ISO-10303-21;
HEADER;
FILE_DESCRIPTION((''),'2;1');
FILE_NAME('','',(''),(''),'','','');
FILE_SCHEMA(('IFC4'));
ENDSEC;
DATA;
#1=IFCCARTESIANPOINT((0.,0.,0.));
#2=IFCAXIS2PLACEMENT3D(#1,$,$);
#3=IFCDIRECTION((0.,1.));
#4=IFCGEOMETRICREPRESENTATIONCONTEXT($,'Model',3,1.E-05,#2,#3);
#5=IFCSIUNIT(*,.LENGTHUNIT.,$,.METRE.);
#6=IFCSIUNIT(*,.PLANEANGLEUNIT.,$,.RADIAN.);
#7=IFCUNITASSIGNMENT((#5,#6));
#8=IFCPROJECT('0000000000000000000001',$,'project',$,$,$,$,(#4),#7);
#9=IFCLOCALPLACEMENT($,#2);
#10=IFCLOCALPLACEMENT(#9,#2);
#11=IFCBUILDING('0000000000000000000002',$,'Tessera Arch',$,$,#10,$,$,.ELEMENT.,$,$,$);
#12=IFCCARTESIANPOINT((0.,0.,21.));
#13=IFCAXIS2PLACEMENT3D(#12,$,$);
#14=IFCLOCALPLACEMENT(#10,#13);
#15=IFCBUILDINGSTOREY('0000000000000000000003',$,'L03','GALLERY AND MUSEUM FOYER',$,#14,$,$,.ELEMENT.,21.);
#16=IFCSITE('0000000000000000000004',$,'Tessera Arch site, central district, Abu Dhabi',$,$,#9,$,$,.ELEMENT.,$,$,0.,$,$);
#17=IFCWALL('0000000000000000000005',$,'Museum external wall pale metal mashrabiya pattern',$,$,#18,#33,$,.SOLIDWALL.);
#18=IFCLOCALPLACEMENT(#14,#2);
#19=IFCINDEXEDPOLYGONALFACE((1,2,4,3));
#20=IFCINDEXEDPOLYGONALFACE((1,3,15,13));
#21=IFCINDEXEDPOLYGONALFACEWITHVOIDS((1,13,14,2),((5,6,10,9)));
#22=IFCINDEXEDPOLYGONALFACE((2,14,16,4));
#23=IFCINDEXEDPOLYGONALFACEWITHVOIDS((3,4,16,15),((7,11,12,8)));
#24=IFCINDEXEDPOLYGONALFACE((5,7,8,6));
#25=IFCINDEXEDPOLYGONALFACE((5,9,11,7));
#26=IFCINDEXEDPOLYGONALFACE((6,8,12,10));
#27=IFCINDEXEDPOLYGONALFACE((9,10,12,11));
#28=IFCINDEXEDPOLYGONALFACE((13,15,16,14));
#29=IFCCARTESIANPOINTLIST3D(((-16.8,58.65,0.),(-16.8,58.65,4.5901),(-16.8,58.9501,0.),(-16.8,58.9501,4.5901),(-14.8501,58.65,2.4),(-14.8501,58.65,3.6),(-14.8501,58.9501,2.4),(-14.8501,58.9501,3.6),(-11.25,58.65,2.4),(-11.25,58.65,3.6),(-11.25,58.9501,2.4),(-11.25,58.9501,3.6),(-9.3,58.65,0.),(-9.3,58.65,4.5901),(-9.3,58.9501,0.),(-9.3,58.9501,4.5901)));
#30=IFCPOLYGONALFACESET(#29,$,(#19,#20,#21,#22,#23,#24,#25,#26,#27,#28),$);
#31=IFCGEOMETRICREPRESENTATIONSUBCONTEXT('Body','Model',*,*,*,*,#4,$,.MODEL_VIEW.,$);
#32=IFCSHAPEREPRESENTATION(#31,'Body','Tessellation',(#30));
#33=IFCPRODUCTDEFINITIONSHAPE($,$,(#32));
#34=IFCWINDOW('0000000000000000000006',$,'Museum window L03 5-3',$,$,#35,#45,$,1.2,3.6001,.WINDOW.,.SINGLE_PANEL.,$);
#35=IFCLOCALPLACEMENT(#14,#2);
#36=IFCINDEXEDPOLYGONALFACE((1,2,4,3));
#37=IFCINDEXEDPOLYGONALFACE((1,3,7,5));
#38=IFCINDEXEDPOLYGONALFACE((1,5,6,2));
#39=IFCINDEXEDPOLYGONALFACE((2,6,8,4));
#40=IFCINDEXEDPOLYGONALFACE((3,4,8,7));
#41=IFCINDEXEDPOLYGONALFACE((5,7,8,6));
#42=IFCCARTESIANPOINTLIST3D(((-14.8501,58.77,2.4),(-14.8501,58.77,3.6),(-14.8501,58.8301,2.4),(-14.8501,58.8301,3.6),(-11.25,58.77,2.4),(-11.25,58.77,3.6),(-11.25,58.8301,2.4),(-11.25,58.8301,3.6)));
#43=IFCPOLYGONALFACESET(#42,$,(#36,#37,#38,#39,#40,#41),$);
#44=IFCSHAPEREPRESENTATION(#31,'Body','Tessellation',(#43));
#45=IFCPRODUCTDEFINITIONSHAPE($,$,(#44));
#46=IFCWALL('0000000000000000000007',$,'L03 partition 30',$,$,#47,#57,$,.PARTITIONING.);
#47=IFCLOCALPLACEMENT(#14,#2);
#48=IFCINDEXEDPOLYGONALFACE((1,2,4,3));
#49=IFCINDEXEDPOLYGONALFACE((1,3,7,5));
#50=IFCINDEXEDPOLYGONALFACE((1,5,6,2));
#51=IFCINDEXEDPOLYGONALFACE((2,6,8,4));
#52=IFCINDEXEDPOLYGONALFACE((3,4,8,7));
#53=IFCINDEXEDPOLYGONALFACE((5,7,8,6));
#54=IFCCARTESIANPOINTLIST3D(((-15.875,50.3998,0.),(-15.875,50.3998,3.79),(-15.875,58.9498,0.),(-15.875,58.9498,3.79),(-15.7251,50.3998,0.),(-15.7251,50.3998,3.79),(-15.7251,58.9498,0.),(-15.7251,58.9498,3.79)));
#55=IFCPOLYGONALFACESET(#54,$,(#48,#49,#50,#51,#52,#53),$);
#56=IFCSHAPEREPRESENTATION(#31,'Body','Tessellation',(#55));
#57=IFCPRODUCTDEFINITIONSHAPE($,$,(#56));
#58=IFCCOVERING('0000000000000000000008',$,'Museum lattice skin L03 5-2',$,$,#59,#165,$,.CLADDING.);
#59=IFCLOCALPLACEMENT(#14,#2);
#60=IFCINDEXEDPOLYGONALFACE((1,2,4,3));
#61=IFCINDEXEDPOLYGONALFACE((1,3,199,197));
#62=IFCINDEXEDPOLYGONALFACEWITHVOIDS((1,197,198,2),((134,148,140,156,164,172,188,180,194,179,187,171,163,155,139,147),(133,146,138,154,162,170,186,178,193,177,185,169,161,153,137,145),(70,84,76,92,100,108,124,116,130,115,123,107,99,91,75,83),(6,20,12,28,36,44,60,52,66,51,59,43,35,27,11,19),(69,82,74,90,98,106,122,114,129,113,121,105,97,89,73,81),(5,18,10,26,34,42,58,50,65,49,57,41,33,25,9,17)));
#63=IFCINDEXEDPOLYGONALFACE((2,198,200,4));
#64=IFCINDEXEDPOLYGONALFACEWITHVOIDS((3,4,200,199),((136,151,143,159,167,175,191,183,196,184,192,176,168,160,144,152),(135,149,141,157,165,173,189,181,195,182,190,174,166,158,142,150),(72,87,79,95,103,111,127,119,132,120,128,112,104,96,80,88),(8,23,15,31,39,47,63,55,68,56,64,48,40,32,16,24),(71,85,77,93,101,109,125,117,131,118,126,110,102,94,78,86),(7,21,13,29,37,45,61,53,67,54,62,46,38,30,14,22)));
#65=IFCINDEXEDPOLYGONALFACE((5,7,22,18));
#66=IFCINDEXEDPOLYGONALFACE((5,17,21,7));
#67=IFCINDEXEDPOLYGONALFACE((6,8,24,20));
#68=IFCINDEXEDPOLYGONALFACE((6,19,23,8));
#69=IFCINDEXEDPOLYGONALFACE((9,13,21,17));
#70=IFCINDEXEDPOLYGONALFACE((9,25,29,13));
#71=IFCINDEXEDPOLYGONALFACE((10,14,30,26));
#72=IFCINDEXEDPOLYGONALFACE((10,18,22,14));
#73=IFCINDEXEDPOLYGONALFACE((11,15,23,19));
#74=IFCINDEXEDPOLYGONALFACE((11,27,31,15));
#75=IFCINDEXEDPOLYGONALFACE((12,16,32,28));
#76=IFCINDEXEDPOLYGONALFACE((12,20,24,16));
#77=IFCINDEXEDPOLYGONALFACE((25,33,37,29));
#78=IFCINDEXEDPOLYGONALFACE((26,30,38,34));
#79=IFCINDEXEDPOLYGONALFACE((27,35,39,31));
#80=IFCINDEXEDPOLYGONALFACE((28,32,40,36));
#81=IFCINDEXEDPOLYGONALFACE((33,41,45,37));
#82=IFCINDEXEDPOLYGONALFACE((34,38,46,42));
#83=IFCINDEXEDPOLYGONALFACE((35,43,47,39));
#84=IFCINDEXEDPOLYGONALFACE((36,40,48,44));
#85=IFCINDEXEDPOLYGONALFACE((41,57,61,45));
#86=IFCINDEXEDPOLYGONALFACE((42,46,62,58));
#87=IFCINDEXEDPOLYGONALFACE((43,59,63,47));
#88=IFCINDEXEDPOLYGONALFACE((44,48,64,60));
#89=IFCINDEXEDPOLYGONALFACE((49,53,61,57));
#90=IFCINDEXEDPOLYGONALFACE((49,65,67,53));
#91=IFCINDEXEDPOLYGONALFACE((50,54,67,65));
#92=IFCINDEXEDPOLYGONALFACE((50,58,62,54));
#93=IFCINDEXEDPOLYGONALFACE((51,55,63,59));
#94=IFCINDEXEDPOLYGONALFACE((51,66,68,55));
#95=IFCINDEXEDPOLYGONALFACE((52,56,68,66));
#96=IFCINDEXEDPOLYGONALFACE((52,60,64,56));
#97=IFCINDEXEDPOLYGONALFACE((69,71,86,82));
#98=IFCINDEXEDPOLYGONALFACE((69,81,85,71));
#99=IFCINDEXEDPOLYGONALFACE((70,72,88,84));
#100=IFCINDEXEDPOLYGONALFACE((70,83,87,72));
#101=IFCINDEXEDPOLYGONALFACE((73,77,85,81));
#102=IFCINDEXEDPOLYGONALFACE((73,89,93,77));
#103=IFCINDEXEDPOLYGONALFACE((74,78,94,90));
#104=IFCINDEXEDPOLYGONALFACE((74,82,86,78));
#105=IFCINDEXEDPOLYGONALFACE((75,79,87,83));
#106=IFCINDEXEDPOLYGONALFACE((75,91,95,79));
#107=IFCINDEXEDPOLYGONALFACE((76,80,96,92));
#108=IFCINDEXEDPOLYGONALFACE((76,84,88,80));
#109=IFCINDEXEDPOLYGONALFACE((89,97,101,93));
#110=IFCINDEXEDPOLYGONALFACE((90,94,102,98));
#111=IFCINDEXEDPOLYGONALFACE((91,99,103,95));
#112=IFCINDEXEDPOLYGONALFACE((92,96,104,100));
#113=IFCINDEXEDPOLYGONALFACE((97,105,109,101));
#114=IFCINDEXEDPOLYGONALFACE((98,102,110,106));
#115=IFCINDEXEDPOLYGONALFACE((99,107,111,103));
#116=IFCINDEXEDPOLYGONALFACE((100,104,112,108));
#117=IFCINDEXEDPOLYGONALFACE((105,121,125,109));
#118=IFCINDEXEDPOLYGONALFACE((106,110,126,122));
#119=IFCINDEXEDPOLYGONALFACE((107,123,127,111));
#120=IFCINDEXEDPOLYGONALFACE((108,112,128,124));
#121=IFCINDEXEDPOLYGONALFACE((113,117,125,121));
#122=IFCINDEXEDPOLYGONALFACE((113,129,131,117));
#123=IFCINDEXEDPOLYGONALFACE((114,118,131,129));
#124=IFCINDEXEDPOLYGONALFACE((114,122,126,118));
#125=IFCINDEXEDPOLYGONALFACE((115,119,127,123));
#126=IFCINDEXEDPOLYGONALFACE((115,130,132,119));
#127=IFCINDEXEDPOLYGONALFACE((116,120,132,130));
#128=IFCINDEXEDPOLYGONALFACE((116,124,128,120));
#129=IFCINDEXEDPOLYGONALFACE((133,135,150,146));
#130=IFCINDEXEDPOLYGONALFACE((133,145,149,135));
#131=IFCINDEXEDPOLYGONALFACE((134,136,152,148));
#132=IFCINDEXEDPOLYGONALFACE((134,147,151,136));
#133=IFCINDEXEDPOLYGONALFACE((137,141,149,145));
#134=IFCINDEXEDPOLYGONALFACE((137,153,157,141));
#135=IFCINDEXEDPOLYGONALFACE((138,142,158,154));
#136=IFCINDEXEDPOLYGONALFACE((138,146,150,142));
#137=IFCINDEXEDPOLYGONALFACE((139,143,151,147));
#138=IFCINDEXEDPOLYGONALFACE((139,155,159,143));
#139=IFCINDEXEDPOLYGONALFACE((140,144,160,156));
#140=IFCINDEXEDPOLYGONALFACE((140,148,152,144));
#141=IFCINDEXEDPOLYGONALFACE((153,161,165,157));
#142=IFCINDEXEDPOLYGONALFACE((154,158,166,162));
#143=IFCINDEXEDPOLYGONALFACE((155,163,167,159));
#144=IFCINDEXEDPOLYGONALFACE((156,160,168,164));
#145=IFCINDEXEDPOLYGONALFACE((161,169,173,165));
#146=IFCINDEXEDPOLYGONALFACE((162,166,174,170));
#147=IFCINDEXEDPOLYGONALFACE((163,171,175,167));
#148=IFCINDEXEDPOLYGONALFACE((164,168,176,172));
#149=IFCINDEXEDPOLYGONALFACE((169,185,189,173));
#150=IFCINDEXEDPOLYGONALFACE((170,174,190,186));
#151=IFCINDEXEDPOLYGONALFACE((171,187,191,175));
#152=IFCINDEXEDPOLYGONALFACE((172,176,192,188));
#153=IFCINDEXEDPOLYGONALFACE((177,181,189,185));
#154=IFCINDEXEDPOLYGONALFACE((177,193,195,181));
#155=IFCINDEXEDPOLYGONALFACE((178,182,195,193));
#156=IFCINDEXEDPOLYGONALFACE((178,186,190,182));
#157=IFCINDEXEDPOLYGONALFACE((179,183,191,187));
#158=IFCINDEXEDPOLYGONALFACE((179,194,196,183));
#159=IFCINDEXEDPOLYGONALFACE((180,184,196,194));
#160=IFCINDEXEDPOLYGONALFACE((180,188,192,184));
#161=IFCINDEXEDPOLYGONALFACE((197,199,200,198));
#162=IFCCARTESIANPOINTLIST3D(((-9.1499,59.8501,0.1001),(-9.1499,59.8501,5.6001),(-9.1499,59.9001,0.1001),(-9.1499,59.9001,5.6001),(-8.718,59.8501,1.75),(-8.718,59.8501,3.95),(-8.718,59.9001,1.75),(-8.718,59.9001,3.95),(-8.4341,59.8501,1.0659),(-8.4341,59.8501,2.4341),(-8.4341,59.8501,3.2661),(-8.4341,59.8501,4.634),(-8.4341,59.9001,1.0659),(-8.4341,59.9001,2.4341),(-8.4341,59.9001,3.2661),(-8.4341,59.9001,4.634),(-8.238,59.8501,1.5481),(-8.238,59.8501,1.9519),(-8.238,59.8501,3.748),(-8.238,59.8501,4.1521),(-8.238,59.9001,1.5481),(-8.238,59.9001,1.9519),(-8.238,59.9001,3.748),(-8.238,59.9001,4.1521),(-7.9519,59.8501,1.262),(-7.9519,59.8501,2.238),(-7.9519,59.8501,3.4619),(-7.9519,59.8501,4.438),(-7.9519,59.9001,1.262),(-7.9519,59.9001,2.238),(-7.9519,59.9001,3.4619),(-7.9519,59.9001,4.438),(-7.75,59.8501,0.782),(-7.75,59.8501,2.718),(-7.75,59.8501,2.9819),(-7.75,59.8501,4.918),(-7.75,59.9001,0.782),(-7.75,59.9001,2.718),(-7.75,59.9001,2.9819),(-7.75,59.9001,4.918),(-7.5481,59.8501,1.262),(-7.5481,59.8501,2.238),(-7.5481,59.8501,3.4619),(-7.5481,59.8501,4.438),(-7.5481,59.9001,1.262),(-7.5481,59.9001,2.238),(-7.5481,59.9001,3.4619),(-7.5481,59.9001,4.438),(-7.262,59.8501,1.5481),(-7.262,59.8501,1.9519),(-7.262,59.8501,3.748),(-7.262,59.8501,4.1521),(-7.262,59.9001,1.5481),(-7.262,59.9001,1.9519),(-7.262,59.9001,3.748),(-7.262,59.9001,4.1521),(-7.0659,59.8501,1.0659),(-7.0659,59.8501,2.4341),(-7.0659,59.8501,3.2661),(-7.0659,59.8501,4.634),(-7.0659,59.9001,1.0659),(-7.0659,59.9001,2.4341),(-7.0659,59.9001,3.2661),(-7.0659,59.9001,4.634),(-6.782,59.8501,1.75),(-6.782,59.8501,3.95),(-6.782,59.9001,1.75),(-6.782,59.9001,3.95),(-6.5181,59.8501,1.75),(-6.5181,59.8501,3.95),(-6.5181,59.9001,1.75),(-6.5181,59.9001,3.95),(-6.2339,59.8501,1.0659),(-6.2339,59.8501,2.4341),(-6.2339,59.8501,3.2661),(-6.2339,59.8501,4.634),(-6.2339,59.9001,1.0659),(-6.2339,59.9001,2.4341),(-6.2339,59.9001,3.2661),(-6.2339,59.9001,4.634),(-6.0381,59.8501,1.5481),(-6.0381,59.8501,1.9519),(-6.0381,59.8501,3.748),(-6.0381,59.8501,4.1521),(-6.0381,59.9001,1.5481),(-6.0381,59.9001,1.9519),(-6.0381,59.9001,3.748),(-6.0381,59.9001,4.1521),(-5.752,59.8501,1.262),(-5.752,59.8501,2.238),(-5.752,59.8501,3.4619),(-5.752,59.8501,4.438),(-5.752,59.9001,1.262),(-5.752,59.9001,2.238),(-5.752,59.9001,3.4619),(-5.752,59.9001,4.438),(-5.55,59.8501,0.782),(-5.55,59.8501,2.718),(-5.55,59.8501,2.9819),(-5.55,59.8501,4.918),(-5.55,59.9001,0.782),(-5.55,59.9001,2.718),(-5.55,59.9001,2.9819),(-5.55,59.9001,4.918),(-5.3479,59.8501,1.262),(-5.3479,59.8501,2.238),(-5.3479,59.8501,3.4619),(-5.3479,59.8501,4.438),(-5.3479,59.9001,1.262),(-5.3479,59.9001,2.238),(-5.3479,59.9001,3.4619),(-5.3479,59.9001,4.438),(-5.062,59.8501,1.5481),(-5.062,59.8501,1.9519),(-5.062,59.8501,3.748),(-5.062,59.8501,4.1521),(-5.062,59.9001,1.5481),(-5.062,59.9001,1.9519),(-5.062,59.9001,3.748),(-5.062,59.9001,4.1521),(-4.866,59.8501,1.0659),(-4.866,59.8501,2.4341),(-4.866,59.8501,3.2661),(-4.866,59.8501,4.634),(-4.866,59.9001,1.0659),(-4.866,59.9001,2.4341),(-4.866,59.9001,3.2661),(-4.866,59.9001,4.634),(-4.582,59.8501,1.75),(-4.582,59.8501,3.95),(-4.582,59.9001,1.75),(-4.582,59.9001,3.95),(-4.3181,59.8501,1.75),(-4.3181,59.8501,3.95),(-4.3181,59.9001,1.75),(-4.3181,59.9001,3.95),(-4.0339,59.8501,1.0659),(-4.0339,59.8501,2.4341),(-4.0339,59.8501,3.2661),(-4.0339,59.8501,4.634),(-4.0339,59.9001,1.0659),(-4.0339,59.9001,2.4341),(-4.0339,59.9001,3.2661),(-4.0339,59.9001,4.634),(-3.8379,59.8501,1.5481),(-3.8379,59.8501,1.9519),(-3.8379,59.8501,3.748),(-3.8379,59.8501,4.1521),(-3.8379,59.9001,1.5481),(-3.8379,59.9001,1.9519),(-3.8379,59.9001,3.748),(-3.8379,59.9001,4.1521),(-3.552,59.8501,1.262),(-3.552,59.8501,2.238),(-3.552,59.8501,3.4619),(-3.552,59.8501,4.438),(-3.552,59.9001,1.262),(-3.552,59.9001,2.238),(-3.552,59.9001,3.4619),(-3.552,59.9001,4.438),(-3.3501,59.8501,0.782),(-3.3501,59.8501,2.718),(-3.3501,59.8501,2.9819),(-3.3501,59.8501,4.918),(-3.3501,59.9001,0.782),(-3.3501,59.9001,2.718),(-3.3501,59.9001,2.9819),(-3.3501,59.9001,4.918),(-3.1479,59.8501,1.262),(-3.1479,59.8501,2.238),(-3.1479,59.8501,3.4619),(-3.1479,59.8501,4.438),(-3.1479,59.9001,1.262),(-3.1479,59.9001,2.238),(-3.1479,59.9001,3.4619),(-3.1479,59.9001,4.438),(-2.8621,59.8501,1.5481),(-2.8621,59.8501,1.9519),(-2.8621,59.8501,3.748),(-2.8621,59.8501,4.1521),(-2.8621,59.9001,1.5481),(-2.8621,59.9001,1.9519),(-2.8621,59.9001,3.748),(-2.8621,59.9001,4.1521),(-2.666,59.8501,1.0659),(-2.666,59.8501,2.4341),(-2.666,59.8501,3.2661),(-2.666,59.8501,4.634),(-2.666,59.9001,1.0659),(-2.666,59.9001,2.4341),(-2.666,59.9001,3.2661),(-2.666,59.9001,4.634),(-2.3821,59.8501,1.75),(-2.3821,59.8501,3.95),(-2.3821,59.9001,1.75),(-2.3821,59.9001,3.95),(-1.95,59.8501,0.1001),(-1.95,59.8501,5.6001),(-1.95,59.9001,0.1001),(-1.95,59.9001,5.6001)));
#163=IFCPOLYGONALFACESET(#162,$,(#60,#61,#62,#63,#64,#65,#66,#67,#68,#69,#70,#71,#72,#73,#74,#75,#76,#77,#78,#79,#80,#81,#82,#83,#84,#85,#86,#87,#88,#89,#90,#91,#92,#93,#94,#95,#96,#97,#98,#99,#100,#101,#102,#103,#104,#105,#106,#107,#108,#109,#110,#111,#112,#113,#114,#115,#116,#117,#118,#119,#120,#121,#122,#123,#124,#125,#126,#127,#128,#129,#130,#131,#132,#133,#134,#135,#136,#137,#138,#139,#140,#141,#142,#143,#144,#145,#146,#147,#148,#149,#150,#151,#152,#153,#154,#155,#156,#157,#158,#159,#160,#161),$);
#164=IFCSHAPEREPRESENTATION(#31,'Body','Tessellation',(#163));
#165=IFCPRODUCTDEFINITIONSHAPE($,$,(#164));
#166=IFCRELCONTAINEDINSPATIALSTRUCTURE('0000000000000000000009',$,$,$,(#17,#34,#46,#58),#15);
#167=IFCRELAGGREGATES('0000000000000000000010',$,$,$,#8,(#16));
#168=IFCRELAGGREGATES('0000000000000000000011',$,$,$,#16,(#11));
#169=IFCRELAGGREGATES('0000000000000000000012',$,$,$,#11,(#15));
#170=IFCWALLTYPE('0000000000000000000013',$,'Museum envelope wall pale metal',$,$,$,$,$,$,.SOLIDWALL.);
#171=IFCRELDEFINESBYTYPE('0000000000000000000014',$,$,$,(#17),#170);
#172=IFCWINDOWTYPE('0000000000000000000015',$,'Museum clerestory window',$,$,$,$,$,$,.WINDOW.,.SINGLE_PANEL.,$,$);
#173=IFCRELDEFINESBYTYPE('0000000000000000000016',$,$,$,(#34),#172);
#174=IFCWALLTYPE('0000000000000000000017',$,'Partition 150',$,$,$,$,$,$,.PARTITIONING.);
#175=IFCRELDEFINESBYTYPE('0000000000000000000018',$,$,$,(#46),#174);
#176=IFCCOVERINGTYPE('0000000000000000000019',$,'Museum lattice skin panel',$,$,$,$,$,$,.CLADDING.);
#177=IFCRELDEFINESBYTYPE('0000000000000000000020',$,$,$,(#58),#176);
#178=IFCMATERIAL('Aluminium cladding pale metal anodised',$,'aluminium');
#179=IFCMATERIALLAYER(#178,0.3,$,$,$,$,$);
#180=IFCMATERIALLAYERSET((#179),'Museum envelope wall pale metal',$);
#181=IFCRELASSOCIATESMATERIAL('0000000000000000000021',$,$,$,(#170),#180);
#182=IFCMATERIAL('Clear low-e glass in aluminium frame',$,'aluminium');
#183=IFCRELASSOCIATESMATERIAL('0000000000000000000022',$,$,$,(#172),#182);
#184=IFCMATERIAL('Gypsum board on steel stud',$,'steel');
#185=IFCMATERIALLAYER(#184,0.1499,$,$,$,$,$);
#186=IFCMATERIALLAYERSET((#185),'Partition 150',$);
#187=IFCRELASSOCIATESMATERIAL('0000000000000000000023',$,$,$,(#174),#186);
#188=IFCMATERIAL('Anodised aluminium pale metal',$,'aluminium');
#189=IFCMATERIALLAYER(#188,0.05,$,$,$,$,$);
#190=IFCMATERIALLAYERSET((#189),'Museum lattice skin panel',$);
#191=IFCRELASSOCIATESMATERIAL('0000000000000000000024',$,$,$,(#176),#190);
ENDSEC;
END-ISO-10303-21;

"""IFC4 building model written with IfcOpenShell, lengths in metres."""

from ifc_helpers import new_model, si_unit, direction, frame, frame_2d, origin, place, context, subcontext, project, spatial, polyline, rectangle, outline, extrude, material, layer, layer_set, type_object, element, fill, save


model = new_model("IFC4")

# Units and contexts
model_context = context("Model", 3, precision=1e-05, world=origin(), true_north=direction((0.0, 1.0)))
body_context = subcontext(model_context, "Body", "Model", "MODEL_VIEW")
ifc_project = project(units=[si_unit("LENGTHUNIT", "METRE"), si_unit("PLANEANGLEUNIT", "RADIAN")], contexts=[model_context])

# Site, building, storey
site_placement = place(None, origin())
site = spatial("IfcSite", under=ifc_project, at=site_placement, Name="Tessera Arch site, central district, Abu Dhabi", CompositionType="ELEMENT", RefElevation=0.0)
building_placement = place(site_placement, origin())
building = spatial("IfcBuilding", under=site, at=building_placement, Name="Tessera Arch", CompositionType="ELEMENT")
storey_placement = place(building_placement, frame((0.0, 0.0, 21.0)))
storey = spatial("IfcBuildingStorey", under=building, at=storey_placement, Name="L03", Description="GALLERY AND MUSEUM FOYER", CompositionType="ELEMENT", Elevation=21.0)

# Wall, opening, window
ifc_material_1 = material(Name="Aluminium cladding pale metal anodised", Category="aluminium")
ifc_layer_1 = layer(ifc_material_1, 0.3)
ifc_layer_set_1 = layer_set([ifc_layer_1], Name="Museum envelope wall pale metal")
wall_type_1 = type_object("IfcWallType", Name="Museum envelope wall pale metal", PredefinedType="SOLIDWALL", material=ifc_layer_set_1)
wall_1_placement = place(storey_placement, frame((-9.3, 58.8, 0.0), z_axis=(0.0, 0.0, 1.0), x_axis=(-1.0, 0.0, 0.0)))
wall_1 = element("IfcWall", 1, at=wall_1_placement, inside=storey, type_object=wall_type_1, Name="Museum external wall pale metal mashrabiya pattern", PredefinedType="SOLIDWALL", context=body_context, shape_type="SweptSolid", body=[
    extrude(rectangle(XDim=7.5, YDim=0.3, at=frame_2d((3.75, 0.0))), origin(), (0.0, 0.0, 1.0), 4.5901),
])
opening_placement = place(wall_1_placement, frame((1.95, 0.0, 2.3999)))
opening = element("IfcOpeningElement", 2, at=opening_placement, cuts=wall_1, PredefinedType="OPENING", context=body_context, shape_type="SweptSolid", body=[
    extrude(rectangle(XDim=3.6001, YDim=1.2, at=frame_2d((1.8, 0.6001))), frame((0.0, 0.1599, 0.0), z_axis=(0.0, -1.0, 0.0), x_axis=(1.0, 0.0, 0.0)), (0.0, 0.0, 1.0), 0.3201),
])
ifc_material_2 = material(Name="Clear low-e glass in aluminium frame", Category="aluminium")
window_type = type_object("IfcWindowType", Name="Museum clerestory window", PartitioningType="SINGLE_PANEL", PredefinedType="WINDOW", material=ifc_material_2)
window_placement = place(opening_placement, origin())
window = element("IfcWindow", 3, at=window_placement, inside=storey, type_object=window_type, Name="Museum window L03 5-3", OverallHeight=1.2, OverallWidth=3.6001, PartitioningType="SINGLE_PANEL", PredefinedType="WINDOW", context=body_context, shape_type="SweptSolid", body=[
    extrude(rectangle(XDim=3.6001, YDim=1.2, at=frame_2d((1.8, 0.6001))), frame((0.0, 0.03, 0.0), z_axis=(0.0, -1.0, 0.0), x_axis=(1.0, 0.0, 0.0)), (0.0, 0.0, 1.0), 0.0601),
])
fill(opening, window)

# Wall
ifc_material_3 = material(Name="Gypsum board on steel stud", Category="steel")
ifc_layer_2 = layer(ifc_material_3, 0.1499)
ifc_layer_set_2 = layer_set([ifc_layer_2], Name="Partition 150")
wall_type_2 = type_object("IfcWallType", Name="Partition 150", PredefinedType="PARTITIONING", material=ifc_layer_set_2)
wall_2_placement = place(storey_placement, frame((-15.8, 50.3999, 0.0), z_axis=(0.0, 0.0, 1.0), x_axis=(0.0, 1.0, 0.0)))
element("IfcWall", 4, at=wall_2_placement, inside=storey, type_object=wall_type_2, Name="L03 partition 30", PredefinedType="PARTITIONING", context=body_context, shape_type="SweptSolid", body=[
    extrude(rectangle(XDim=8.55, YDim=0.1499, at=frame_2d((4.2749, 0.0))), origin(), (0.0, 0.0, 1.0), 3.79),
])

# Covering
ifc_material_4 = material(Name="Anodised aluminium pale metal", Category="aluminium")
ifc_layer_3 = layer(ifc_material_4, 0.05)
ifc_layer_set_3 = layer_set([ifc_layer_3], Name="Museum lattice skin panel")
covering_type_1 = type_object("IfcCoveringType", Name="Museum lattice skin panel", PredefinedType="CLADDING", material=ifc_layer_set_3)
covering_1_placement = place(storey_placement, frame((-1.95, 59.8501, 5.6001), z_axis=(0.0, -1.0, 0.0), x_axis=(-1.0, 0.0, 0.0)))
element("IfcCovering", 5, at=covering_1_placement, inside=storey, type_object=covering_type_1, Name="Museum lattice skin L03 5-2", PredefinedType="CLADDING", context=body_context, shape_type="SweptSolid", body=[
    extrude(outline(polyline([(0.0, 0.0), (7.2, 0.0), (7.2, 5.5), (0.0, 5.5), (0.0, 0.0)]), holes=[polyline([(2.3682, 3.8501), (1.8879, 3.6482), (2.084, 3.166), (1.6021, 3.3621), (1.4001, 2.8821), (1.198, 3.3621), (0.7161, 3.166), (0.9121, 3.6482), (0.4321, 3.8501), (0.9121, 4.052), (0.7161, 4.5342), (1.198, 4.3381), (1.4001, 4.8181), (1.6021, 4.3381), (2.084, 4.5342), (1.8879, 4.052), (2.3682, 3.8501)]), polyline([(2.3682, 1.6501), (1.8879, 1.448), (2.084, 0.9661), (1.6021, 1.1621), (1.4001, 0.6821), (1.198, 1.1621), (0.7161, 0.9661), (0.9121, 1.448), (0.4321, 1.6501), (0.9121, 1.8521), (0.7161, 2.334), (1.198, 2.1382), (1.4001, 2.6182), (1.6021, 2.1382), (2.084, 2.334), (1.8879, 1.8521), (2.3682, 1.6501)]), polyline([(4.5681, 3.8501), (4.0881, 3.6482), (4.2839, 3.166), (3.802, 3.3621), (3.6001, 2.8821), (3.3979, 3.3621), (2.916, 3.166), (3.1121, 3.6482), (2.6321, 3.8501), (3.1121, 4.052), (2.916, 4.5342), (3.3979, 4.3381), (3.6001, 4.8181), (3.802, 4.3381), (4.2839, 4.5342), (4.0881, 4.052), (4.5681, 3.8501)]), polyline([(4.5681, 1.6501), (4.0881, 1.448), (4.2839, 0.9661), (3.802, 1.1621), (3.6001, 0.6821), (3.3979, 1.1621), (2.916, 0.9661), (3.1121, 1.448), (2.6321, 1.6501), (3.1121, 1.8521), (2.916, 2.334), (3.3979, 2.1382), (3.6001, 2.6182), (3.802, 2.1382), (4.2839, 2.334), (4.0881, 1.8521), (4.5681, 1.6501)]), polyline([(6.7681, 3.8501), (6.2881, 3.6482), (6.4841, 3.166), (6.002, 3.3621), (5.8, 2.8821), (5.5981, 3.3621), (5.116, 3.166), (5.312, 3.6482), (4.832, 3.8501), (5.312, 4.052), (5.116, 4.5342), (5.5981, 4.3381), (5.8, 4.8181), (6.002, 4.3381), (6.4841, 4.5342), (6.2881, 4.052), (6.7681, 3.8501)]), polyline([(6.7681, 1.6501), (6.2881, 1.448), (6.4841, 0.9661), (6.002, 1.1621), (5.8, 0.6821), (5.5981, 1.1621), (5.116, 0.9661), (5.312, 1.448), (4.832, 1.6501), (5.312, 1.8521), (5.116, 2.334), (5.5981, 2.1382), (5.8, 2.6182), (6.002, 2.1382), (6.4841, 2.334), (6.2881, 1.8521), (6.7681, 1.6501)])]), origin(), (0.0, 0.0, -1.0), 0.05),
])

save(model, "model.ifc")
